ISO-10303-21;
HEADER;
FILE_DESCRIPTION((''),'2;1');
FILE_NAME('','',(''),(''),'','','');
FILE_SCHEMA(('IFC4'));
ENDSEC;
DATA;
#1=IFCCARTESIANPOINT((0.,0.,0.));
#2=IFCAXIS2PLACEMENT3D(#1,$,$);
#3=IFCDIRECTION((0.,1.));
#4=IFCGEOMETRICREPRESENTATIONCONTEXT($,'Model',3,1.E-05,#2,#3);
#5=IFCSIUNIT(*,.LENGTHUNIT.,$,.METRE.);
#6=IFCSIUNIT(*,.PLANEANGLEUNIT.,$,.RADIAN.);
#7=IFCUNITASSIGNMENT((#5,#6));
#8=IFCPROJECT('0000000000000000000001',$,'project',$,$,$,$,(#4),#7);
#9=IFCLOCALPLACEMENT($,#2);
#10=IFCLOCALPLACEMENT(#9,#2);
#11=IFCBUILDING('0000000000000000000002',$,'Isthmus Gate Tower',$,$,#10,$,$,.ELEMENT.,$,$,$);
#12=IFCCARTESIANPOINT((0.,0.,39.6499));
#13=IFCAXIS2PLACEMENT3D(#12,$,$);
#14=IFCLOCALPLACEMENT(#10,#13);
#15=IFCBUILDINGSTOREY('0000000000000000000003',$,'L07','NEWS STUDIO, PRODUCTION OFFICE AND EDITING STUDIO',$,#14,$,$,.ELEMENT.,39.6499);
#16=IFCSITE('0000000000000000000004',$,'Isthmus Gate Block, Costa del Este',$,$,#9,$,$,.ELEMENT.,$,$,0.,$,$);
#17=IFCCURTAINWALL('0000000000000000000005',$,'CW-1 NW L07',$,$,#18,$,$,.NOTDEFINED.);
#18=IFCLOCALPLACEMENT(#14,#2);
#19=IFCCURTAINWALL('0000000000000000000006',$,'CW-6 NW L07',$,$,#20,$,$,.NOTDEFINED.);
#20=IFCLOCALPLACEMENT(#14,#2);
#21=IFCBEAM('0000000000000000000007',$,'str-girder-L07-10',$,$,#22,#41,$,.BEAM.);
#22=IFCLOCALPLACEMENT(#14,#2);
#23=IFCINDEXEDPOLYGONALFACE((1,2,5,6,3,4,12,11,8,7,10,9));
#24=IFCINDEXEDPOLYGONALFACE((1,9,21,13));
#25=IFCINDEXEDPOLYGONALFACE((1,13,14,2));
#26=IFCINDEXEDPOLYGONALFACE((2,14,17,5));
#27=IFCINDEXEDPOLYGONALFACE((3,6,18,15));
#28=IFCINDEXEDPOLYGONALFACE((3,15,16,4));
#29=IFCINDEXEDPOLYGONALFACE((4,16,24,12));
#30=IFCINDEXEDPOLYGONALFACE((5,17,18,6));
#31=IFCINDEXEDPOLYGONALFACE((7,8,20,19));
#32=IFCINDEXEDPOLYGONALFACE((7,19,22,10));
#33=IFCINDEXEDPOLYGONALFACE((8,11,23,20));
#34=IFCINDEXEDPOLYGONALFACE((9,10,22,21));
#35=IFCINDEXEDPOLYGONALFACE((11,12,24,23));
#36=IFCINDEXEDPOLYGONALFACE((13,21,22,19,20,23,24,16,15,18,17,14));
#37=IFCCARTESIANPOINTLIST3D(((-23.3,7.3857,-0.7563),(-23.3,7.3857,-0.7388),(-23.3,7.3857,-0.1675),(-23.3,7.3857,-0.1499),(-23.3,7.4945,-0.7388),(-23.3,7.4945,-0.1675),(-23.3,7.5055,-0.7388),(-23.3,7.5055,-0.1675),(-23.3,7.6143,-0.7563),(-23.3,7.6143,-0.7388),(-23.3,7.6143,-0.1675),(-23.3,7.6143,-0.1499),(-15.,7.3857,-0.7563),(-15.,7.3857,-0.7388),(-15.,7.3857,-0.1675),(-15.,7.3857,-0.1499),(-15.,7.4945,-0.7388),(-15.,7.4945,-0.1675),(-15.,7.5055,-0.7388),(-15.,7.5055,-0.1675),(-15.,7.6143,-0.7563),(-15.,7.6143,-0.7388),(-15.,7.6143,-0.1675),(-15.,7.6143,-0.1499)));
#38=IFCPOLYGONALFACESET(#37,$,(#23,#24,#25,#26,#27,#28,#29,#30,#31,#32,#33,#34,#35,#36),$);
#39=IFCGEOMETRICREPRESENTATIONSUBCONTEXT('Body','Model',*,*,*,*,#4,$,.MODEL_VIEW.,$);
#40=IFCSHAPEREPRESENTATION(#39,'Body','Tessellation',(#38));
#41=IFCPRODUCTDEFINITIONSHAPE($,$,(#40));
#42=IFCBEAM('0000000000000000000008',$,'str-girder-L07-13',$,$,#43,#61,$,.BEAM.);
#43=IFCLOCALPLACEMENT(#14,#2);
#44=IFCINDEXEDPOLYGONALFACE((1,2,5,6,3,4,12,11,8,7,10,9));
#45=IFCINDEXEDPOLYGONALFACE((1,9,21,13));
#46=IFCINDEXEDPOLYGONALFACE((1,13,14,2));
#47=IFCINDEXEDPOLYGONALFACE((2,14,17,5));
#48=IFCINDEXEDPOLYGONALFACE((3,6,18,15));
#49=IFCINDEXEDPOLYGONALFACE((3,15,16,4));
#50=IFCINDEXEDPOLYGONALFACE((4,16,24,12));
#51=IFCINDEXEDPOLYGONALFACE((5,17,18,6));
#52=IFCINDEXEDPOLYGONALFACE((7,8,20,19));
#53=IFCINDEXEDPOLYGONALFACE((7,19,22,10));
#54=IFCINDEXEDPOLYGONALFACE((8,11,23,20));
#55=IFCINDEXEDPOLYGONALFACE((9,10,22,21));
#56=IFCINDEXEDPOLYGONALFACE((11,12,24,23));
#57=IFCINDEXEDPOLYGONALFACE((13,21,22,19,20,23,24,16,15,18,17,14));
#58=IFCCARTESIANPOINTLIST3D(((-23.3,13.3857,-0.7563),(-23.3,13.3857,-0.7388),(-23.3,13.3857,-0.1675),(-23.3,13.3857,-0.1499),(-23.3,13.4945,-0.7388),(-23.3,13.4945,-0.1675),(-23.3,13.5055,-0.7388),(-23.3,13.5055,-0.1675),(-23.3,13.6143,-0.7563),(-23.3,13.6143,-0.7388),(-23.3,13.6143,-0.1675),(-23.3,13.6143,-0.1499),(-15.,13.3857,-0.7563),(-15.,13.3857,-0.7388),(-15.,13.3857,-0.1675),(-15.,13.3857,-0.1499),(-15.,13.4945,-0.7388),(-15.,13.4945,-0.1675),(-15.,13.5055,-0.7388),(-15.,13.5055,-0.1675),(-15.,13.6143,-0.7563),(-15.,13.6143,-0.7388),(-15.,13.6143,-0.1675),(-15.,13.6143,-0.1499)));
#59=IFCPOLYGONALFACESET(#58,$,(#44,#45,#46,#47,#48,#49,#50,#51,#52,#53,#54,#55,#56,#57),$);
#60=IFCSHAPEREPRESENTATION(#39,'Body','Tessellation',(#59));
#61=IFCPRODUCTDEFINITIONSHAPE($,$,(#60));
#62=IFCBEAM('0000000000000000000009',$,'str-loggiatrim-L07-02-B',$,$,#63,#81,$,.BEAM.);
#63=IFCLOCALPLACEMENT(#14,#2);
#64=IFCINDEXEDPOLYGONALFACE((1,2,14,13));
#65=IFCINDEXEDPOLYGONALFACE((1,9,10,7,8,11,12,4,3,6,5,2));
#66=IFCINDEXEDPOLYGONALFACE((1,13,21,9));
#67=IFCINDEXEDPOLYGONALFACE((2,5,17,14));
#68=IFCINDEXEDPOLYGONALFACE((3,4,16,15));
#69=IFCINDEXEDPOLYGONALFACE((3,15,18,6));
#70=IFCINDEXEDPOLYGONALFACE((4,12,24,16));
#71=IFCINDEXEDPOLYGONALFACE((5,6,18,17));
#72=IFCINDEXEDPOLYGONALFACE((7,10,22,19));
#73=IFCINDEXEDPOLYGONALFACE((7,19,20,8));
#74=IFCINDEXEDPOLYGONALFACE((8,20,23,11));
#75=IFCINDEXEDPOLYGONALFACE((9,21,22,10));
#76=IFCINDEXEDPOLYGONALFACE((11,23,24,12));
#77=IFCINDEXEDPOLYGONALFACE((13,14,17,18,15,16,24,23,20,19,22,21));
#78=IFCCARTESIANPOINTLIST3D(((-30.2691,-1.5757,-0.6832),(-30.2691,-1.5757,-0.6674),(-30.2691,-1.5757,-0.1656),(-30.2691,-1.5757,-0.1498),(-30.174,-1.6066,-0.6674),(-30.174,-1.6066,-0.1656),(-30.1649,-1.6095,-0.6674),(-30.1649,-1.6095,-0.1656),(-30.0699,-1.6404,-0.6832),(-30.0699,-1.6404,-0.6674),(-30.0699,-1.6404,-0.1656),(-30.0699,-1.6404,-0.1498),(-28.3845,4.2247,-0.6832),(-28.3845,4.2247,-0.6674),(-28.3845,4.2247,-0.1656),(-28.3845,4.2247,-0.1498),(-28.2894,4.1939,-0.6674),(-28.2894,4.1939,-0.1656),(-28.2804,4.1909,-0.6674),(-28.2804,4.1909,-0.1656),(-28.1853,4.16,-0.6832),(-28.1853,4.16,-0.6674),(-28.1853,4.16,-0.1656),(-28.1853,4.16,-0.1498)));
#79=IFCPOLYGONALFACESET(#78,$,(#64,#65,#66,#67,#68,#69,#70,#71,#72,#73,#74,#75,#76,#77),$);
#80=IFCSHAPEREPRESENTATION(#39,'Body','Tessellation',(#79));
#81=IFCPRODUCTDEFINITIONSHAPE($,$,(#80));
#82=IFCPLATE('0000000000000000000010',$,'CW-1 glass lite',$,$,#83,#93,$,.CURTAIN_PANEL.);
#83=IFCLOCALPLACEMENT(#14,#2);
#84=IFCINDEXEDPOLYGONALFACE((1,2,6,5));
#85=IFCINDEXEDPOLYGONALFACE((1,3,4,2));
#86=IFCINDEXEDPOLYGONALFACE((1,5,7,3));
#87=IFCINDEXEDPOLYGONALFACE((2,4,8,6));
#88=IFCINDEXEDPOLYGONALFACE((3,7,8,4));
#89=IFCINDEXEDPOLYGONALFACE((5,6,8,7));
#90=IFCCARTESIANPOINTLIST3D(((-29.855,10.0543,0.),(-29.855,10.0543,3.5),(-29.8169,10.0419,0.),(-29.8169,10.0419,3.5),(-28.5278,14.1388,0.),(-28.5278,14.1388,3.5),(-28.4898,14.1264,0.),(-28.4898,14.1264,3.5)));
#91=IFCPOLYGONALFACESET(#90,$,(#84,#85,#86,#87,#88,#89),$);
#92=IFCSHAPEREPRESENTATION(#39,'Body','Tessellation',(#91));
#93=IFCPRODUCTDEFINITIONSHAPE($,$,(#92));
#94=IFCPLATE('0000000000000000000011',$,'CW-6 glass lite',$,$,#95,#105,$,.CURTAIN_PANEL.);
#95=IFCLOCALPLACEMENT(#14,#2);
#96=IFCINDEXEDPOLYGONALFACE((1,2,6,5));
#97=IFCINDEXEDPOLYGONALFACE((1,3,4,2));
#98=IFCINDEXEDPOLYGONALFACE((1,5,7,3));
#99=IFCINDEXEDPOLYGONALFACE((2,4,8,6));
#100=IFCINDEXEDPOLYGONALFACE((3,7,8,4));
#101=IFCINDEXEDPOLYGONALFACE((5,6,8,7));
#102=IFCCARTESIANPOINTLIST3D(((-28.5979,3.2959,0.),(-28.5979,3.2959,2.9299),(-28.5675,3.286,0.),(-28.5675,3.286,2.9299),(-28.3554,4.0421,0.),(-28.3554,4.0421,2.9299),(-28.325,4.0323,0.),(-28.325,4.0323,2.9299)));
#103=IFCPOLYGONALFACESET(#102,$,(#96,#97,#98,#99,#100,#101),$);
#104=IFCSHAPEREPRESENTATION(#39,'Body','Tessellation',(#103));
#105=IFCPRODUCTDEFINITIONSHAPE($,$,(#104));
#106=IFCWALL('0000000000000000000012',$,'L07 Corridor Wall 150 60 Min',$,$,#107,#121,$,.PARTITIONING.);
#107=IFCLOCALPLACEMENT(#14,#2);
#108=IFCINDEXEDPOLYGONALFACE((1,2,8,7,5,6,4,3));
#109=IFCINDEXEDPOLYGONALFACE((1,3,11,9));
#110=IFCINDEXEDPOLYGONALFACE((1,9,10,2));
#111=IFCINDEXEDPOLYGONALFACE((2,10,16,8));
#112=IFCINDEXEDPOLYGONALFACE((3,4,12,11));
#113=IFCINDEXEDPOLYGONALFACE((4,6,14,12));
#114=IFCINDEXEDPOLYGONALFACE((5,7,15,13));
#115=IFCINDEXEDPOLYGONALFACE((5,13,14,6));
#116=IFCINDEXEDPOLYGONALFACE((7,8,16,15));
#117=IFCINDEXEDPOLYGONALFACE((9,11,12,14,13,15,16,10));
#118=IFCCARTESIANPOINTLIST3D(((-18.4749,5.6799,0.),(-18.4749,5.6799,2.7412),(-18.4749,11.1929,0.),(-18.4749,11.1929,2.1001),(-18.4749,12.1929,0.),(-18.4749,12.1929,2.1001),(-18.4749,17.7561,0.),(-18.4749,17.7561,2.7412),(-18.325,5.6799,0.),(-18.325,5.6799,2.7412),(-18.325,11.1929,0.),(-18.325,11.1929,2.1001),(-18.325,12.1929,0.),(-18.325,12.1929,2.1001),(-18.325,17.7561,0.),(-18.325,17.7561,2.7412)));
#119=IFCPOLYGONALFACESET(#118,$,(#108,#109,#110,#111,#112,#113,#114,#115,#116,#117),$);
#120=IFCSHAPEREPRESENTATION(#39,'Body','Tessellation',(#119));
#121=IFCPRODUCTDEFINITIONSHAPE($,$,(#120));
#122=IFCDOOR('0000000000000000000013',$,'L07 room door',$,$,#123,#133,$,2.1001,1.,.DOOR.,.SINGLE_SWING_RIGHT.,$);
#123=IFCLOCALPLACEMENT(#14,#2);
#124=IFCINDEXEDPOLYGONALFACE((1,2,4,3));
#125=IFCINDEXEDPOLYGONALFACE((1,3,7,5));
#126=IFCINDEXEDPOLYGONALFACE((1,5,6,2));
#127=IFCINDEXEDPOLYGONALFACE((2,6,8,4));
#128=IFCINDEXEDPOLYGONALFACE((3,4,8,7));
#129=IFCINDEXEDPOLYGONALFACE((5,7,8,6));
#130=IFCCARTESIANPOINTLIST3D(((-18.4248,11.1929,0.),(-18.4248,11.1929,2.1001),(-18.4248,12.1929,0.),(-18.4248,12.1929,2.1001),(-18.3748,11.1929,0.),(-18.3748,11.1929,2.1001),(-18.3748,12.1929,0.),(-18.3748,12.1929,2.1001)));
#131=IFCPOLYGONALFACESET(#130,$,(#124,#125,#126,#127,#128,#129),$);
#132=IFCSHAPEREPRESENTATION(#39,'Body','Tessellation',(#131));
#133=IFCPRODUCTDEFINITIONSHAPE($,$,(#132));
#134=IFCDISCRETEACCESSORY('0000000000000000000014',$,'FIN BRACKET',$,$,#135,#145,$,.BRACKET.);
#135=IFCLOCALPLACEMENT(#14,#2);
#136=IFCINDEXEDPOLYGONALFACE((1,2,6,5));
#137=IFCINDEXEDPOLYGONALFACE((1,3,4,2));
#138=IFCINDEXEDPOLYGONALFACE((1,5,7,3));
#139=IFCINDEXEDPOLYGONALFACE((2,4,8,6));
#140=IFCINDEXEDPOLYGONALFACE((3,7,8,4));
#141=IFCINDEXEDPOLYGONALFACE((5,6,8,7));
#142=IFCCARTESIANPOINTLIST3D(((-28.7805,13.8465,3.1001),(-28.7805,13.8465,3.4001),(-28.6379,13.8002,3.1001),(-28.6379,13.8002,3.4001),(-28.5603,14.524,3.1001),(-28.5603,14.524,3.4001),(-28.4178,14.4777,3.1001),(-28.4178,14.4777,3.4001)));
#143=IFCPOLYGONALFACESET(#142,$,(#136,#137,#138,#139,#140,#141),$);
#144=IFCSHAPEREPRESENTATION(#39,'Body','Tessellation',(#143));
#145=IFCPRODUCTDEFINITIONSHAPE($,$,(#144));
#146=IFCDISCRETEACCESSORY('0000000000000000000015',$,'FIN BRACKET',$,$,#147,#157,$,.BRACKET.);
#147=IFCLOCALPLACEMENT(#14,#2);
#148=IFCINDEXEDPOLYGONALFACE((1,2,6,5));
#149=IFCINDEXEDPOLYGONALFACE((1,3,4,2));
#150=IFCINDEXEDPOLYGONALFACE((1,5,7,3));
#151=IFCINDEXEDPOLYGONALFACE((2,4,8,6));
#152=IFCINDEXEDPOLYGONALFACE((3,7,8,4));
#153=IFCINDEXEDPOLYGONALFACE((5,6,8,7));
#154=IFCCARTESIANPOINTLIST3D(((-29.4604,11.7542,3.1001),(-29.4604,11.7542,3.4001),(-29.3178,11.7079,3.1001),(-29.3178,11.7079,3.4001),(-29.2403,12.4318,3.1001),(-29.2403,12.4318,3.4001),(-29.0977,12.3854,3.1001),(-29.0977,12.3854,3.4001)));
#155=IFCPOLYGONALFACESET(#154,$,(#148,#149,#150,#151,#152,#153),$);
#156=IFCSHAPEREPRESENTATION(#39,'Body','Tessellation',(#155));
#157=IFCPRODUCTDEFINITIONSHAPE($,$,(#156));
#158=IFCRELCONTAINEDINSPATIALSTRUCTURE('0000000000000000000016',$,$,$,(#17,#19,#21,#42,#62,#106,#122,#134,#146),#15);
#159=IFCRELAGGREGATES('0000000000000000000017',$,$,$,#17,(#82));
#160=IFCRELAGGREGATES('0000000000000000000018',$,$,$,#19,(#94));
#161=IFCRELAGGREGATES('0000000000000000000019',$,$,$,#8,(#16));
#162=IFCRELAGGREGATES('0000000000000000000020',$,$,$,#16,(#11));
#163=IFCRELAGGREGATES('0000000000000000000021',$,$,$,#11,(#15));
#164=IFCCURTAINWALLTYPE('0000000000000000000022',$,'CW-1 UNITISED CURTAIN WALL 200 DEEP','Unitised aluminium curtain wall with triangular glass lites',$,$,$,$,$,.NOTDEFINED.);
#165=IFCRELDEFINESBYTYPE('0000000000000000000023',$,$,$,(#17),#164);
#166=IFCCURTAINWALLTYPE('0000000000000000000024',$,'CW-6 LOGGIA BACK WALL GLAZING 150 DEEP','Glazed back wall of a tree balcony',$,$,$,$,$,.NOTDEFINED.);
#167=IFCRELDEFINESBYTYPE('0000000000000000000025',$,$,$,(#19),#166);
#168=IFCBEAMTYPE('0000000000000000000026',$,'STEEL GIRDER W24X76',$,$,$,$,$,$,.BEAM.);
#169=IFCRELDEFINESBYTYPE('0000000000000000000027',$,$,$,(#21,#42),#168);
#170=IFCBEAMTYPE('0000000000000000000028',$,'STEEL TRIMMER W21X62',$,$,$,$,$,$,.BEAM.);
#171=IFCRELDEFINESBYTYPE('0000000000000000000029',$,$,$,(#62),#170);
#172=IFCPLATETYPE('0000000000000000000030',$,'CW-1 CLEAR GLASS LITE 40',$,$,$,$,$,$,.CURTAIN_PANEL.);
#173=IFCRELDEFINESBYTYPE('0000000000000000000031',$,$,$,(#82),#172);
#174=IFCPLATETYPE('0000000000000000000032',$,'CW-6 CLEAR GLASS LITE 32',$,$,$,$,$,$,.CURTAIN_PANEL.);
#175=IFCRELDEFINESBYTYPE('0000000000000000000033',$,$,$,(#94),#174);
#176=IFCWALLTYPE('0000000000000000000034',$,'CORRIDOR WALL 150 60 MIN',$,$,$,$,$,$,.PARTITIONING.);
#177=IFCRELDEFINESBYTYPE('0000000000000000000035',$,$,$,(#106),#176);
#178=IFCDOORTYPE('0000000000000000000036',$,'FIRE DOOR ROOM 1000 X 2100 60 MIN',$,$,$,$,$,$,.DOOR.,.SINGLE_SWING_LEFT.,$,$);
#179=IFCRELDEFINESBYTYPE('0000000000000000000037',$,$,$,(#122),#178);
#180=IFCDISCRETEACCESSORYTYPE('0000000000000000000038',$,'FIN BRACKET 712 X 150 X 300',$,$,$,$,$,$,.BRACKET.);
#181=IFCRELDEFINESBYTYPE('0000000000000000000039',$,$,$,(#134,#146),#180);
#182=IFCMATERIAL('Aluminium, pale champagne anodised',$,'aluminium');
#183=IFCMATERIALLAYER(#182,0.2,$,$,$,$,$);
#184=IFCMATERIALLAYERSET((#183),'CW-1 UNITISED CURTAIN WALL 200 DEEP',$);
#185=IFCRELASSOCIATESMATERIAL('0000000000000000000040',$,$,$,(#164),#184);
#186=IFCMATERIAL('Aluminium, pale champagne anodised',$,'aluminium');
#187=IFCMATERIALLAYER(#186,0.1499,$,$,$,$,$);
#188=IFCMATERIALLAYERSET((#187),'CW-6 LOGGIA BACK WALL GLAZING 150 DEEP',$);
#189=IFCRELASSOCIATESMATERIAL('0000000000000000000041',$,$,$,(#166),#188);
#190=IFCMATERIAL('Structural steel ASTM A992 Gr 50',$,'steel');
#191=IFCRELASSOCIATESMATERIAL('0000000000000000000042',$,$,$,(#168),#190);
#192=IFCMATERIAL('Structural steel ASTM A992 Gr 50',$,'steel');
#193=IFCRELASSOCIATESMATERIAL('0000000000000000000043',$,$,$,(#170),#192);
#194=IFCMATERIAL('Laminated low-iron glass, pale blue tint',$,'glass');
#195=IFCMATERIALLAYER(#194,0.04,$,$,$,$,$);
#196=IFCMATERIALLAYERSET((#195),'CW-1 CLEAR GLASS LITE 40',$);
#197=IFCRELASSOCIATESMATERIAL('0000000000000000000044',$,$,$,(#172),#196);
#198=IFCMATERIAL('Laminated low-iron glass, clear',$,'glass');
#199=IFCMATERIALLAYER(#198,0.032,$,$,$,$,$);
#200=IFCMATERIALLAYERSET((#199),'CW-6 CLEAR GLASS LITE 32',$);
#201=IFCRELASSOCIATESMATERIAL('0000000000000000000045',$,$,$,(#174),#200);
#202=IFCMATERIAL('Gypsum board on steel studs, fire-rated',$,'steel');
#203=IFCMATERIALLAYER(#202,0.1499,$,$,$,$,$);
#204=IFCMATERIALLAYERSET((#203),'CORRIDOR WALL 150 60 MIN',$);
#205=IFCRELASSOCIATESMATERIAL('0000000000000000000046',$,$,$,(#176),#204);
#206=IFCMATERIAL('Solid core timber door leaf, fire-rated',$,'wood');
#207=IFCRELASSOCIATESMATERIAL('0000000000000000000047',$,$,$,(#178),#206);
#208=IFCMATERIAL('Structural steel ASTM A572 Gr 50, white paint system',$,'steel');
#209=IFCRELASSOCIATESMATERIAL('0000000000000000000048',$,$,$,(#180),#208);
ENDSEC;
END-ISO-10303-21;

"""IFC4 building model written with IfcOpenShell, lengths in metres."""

from ifc_helpers import new_model, si_unit, direction, frame, frame_2d, origin, origin_2d, place, context, subcontext, project, spatial, rectangle, i_section, extrude, material, layer, layer_set, material_profile, profile_set, type_object, element, fill, aggregate, save


model = new_model("IFC4")

# Units and contexts
model_context = context("Model", 3, precision=1e-05, world=origin(), true_north=direction((0.0, 1.0)))
body_context = subcontext(model_context, "Body", "Model", "MODEL_VIEW")
ifc_project = project(units=[si_unit("LENGTHUNIT", "METRE"), si_unit("PLANEANGLEUNIT", "RADIAN")], contexts=[model_context])

# Site, building, storey
site_placement = place(None, origin())
site = spatial("IfcSite", under=ifc_project, at=site_placement, Name="Isthmus Gate Block, Costa del Este", CompositionType="ELEMENT", RefElevation=0.0)
building_placement = place(site_placement, origin())
building = spatial("IfcBuilding", under=site, at=building_placement, Name="Isthmus Gate Tower", CompositionType="ELEMENT")
storey_placement = place(building_placement, frame((0.0, 0.0, 39.6499)))
storey = spatial("IfcBuildingStorey", under=building, at=storey_placement, Name="L07", Description="NEWS STUDIO, PRODUCTION OFFICE AND EDITING STUDIO", CompositionType="ELEMENT", Elevation=39.6499)

# Curtain wall
ifc_material_1 = material(Name="Aluminium, pale champagne anodised", Category="aluminium")
ifc_layer_1 = layer(ifc_material_1, 0.2)
ifc_layer_set_1 = layer_set([ifc_layer_1], Name="CW-1 UNITISED CURTAIN WALL 200 DEEP")
curtain_wall_type_1 = type_object("IfcCurtainWallType", Name="CW-1 UNITISED CURTAIN WALL 200 DEEP", Description="Unitised aluminium curtain wall with triangular glass lites", PredefinedType="NOTDEFINED", material=ifc_layer_set_1)
curtain_wall_1_placement = place(storey_placement, origin())
curtain_wall_1 = element("IfcCurtainWall", 1, at=curtain_wall_1_placement, inside=storey, type_object=curtain_wall_type_1, Name="CW-1 NW L07", PredefinedType="NOTDEFINED")

# Curtain wall
ifc_material_2 = material(Name="Aluminium, pale champagne anodised", Category="aluminium")
ifc_layer_2 = layer(ifc_material_2, 0.1499)
ifc_layer_set_2 = layer_set([ifc_layer_2], Name="CW-6 LOGGIA BACK WALL GLAZING 150 DEEP")
curtain_wall_type_2 = type_object("IfcCurtainWallType", Name="CW-6 LOGGIA BACK WALL GLAZING 150 DEEP", Description="Glazed back wall of a tree balcony", PredefinedType="NOTDEFINED", material=ifc_layer_set_2)
curtain_wall_2_placement = place(storey_placement, origin())
curtain_wall_2 = element("IfcCurtainWall", 2, at=curtain_wall_2_placement, inside=storey, type_object=curtain_wall_type_2, Name="CW-6 NW L07", PredefinedType="NOTDEFINED")

# Beams
ifc_material_3 = material(Name="Structural steel ASTM A992 Gr 50", Category="steel")
ifc_material_profile_1 = material_profile(ifc_material_3, i_section(OverallWidth=0.2285, OverallDepth=0.6064, WebThickness=0.011, FlangeThickness=0.0176, at=origin_2d()), Name="W24X76")
ifc_profile_set_1 = profile_set([ifc_material_profile_1], Name="Structural steel ASTM A992 Gr 50")
beam_type_1 = type_object("IfcBeamType", Name="STEEL GIRDER W24X76", PredefinedType="BEAM", material=ifc_profile_set_1)
for number, where, z_axis, x_axis, name in (
    (3, (-23.3, 7.5, -0.4531), (1.0, 0.0, 0.0), (0.0, 1.0, 0.0), "str-girder-L07-10"),
    (4, (-23.3, 13.5, -0.4531), (1.0, 0.0, 0.0), (0.0, 1.0, 0.0), "str-girder-L07-13"),
):
    element("IfcBeam", number, at=place(storey_placement, frame(where, z_axis=z_axis, x_axis=x_axis)), inside=storey, type_object=beam_type_1, Name=name, PredefinedType="BEAM", context=body_context, shape_type="SweptSolid", body=[
        extrude(i_section(OverallWidth=0.2285, OverallDepth=0.6064, WebThickness=0.011, FlangeThickness=0.0176, at=origin_2d()), origin(), (0.0, 0.0, 1.0), 8.3),
    ])
ifc_material_4 = material(Name="Structural steel ASTM A992 Gr 50", Category="steel")
ifc_material_profile_2 = material_profile(ifc_material_4, i_section(OverallWidth=0.2095, OverallDepth=0.5334, WebThickness=0.0095, FlangeThickness=0.0159, at=origin_2d()), Name="W21X62")
ifc_profile_set_2 = profile_set([ifc_material_profile_2], Name="Structural steel ASTM A992 Gr 50")
beam_type_2 = type_object("IfcBeamType", Name="STEEL TRIMMER W21X62", PredefinedType="BEAM", material=ifc_profile_set_2)
beam_1_placement = place(storey_placement, frame((-28.2849, 4.1924, -0.4165), z_axis=(-0.309001, -0.951062, 0.0), x_axis=(0.951062, -0.309001, 0.0)))
element("IfcBeam", 5, at=beam_1_placement, inside=storey, type_object=beam_type_2, Name="str-loggiatrim-L07-02-B", PredefinedType="BEAM", context=body_context, shape_type="SweptSolid", body=[
    extrude(i_section(OverallWidth=0.2095, OverallDepth=0.5334, WebThickness=0.0095, FlangeThickness=0.0159, at=origin_2d()), origin(), (0.0, 0.0, 1.0), 6.0989),
])

# Plates
ifc_material_5 = material(Name="Laminated low-iron glass, pale blue tint", Category="glass")
ifc_layer_3 = layer(ifc_material_5, 0.04)
ifc_layer_set_3 = layer_set([ifc_layer_3], Name="CW-1 CLEAR GLASS LITE 40")
plate_type_1 = type_object("IfcPlateType", Name="CW-1 CLEAR GLASS LITE 40", PredefinedType="CURTAIN_PANEL", material=ifc_layer_set_3)
plate_1_placement = place(storey_placement, frame((-29.1724, 12.0903, 0.0), z_axis=(0.0, 0.0, 1.0), x_axis=(-0.309017, -0.951057, 0.0)))
plate_1 = element("IfcPlate", 6, at=plate_1_placement, type_object=plate_type_1, Name="CW-1 glass lite", PredefinedType="CURTAIN_PANEL", context=body_context, shape_type="SweptSolid", body=[
    extrude(rectangle(XDim=4.2947, YDim=0.04, at=origin_2d()), origin(), (0.0, 0.0, 1.0), 3.5),
])
aggregate(curtain_wall_1, [plate_1])
ifc_material_6 = material(Name="Laminated low-iron glass, clear", Category="glass")
ifc_layer_4 = layer(ifc_material_6, 0.032)
ifc_layer_set_4 = layer_set([ifc_layer_4], Name="CW-6 CLEAR GLASS LITE 32")
plate_type_2 = type_object("IfcPlateType", Name="CW-6 CLEAR GLASS LITE 32", PredefinedType="CURTAIN_PANEL", material=ifc_layer_set_4)
plate_2_placement = place(storey_placement, frame((-28.4614, 3.6641, 0.0), z_axis=(0.0, 0.0, 1.0), x_axis=(-0.309017, -0.951057, 0.0)))
plate_2 = element("IfcPlate", 7, at=plate_2_placement, type_object=plate_type_2, Name="CW-6 glass lite", PredefinedType="CURTAIN_PANEL", context=body_context, shape_type="SweptSolid", body=[
    extrude(rectangle(XDim=0.7847, YDim=0.032, at=origin_2d()), origin(), (0.0, 0.0, 1.0), 2.9299),
])
aggregate(curtain_wall_2, [plate_2])

# Wall, opening, door
ifc_material_7 = material(Name="Gypsum board on steel studs, fire-rated", Category="steel")
ifc_layer_5 = layer(ifc_material_7, 0.1499)
ifc_layer_set_5 = layer_set([ifc_layer_5], Name="CORRIDOR WALL 150 60 MIN")
wall_type_1 = type_object("IfcWallType", Name="CORRIDOR WALL 150 60 MIN", PredefinedType="PARTITIONING", material=ifc_layer_set_5)
wall_1_placement = place(storey_placement, frame((-18.3999, 5.6799, 0.0), z_axis=(0.0, 0.0, 1.0), x_axis=(0.0, 1.0, 0.0)))
wall_1 = element("IfcWall", 8, at=wall_1_placement, inside=storey, type_object=wall_type_1, Name="L07 Corridor Wall 150 60 Min", PredefinedType="PARTITIONING", context=body_context, shape_type="SweptSolid", body=[
    extrude(rectangle(XDim=12.0762, YDim=0.1499, at=frame_2d((6.0381, 0.0))), origin(), (0.0, 0.0, 1.0), 2.7412),
])
opening_1_placement = place(wall_1_placement, frame((5.5129, 0.0, 0.0)))
opening_1 = element("IfcOpeningElement", 9, at=opening_1_placement, cuts=wall_1, PredefinedType="OPENING", context=body_context, shape_type="SweptSolid", body=[
    extrude(rectangle(XDim=1.0, YDim=2.1001, at=frame_2d((0.5, 1.05))), frame((0.0, 0.085, 0.0), z_axis=(0.0, -1.0, 0.0), x_axis=(1.0, 0.0, 0.0)), (0.0, 0.0, 1.0), 0.1699),
])
ifc_material_8 = material(Name="Solid core timber door leaf, fire-rated", Category="wood")
door_type_1 = type_object("IfcDoorType", Name="FIRE DOOR ROOM 1000 X 2100 60 MIN", OperationType="SINGLE_SWING_LEFT", PredefinedType="DOOR", material=ifc_material_8)
door_1_placement = place(opening_1_placement, origin())
door_1 = element("IfcDoor", 10, at=door_1_placement, inside=storey, type_object=door_type_1, Name="L07 room door", OperationType="SINGLE_SWING_RIGHT", OverallHeight=2.1001, OverallWidth=1.0, PredefinedType="DOOR", context=body_context, shape_type="SweptSolid", body=[
    extrude(rectangle(XDim=1.0, YDim=2.1001, at=frame_2d((0.5, 1.05))), frame((0.0, 0.0249, 0.0), z_axis=(0.0, -1.0, 0.0), x_axis=(1.0, 0.0, 0.0)), (0.0, 0.0, 1.0), 0.05),
])
fill(opening_1, door_1)

# Discrete accessories
ifc_material_9 = material(Name="Structural steel ASTM A572 Gr 50, white paint system", Category="steel")
discrete_accessory_type = type_object("IfcDiscreteAccessoryType", Name="FIN BRACKET 712 X 150 X 300", PredefinedType="BRACKET", material=ifc_material_9)
for number, where, z_axis, x_axis, name in (
    (11, (-28.5991, 14.1621, 3.1001), (0.0, 0.0, 1.0), (-0.951057, 0.309017, 0.0), "FIN BRACKET"),
    (12, (-29.2791, 12.0698, 3.1001), (0.0, 0.0, 1.0), (-0.951057, 0.309017, 0.0), "FIN BRACKET"),
):
    element("IfcDiscreteAccessory", number, at=place(storey_placement, frame(where, z_axis=z_axis, x_axis=x_axis)), inside=storey, type_object=discrete_accessory_type, Name=name, PredefinedType="BRACKET", context=body_context, shape_type="SweptSolid", body=[
        extrude(rectangle(XDim=0.1499, YDim=0.7124, at=origin_2d()), origin(), (0.0, 0.0, 1.0), 0.3),
    ])

save(model, "model.ifc")
